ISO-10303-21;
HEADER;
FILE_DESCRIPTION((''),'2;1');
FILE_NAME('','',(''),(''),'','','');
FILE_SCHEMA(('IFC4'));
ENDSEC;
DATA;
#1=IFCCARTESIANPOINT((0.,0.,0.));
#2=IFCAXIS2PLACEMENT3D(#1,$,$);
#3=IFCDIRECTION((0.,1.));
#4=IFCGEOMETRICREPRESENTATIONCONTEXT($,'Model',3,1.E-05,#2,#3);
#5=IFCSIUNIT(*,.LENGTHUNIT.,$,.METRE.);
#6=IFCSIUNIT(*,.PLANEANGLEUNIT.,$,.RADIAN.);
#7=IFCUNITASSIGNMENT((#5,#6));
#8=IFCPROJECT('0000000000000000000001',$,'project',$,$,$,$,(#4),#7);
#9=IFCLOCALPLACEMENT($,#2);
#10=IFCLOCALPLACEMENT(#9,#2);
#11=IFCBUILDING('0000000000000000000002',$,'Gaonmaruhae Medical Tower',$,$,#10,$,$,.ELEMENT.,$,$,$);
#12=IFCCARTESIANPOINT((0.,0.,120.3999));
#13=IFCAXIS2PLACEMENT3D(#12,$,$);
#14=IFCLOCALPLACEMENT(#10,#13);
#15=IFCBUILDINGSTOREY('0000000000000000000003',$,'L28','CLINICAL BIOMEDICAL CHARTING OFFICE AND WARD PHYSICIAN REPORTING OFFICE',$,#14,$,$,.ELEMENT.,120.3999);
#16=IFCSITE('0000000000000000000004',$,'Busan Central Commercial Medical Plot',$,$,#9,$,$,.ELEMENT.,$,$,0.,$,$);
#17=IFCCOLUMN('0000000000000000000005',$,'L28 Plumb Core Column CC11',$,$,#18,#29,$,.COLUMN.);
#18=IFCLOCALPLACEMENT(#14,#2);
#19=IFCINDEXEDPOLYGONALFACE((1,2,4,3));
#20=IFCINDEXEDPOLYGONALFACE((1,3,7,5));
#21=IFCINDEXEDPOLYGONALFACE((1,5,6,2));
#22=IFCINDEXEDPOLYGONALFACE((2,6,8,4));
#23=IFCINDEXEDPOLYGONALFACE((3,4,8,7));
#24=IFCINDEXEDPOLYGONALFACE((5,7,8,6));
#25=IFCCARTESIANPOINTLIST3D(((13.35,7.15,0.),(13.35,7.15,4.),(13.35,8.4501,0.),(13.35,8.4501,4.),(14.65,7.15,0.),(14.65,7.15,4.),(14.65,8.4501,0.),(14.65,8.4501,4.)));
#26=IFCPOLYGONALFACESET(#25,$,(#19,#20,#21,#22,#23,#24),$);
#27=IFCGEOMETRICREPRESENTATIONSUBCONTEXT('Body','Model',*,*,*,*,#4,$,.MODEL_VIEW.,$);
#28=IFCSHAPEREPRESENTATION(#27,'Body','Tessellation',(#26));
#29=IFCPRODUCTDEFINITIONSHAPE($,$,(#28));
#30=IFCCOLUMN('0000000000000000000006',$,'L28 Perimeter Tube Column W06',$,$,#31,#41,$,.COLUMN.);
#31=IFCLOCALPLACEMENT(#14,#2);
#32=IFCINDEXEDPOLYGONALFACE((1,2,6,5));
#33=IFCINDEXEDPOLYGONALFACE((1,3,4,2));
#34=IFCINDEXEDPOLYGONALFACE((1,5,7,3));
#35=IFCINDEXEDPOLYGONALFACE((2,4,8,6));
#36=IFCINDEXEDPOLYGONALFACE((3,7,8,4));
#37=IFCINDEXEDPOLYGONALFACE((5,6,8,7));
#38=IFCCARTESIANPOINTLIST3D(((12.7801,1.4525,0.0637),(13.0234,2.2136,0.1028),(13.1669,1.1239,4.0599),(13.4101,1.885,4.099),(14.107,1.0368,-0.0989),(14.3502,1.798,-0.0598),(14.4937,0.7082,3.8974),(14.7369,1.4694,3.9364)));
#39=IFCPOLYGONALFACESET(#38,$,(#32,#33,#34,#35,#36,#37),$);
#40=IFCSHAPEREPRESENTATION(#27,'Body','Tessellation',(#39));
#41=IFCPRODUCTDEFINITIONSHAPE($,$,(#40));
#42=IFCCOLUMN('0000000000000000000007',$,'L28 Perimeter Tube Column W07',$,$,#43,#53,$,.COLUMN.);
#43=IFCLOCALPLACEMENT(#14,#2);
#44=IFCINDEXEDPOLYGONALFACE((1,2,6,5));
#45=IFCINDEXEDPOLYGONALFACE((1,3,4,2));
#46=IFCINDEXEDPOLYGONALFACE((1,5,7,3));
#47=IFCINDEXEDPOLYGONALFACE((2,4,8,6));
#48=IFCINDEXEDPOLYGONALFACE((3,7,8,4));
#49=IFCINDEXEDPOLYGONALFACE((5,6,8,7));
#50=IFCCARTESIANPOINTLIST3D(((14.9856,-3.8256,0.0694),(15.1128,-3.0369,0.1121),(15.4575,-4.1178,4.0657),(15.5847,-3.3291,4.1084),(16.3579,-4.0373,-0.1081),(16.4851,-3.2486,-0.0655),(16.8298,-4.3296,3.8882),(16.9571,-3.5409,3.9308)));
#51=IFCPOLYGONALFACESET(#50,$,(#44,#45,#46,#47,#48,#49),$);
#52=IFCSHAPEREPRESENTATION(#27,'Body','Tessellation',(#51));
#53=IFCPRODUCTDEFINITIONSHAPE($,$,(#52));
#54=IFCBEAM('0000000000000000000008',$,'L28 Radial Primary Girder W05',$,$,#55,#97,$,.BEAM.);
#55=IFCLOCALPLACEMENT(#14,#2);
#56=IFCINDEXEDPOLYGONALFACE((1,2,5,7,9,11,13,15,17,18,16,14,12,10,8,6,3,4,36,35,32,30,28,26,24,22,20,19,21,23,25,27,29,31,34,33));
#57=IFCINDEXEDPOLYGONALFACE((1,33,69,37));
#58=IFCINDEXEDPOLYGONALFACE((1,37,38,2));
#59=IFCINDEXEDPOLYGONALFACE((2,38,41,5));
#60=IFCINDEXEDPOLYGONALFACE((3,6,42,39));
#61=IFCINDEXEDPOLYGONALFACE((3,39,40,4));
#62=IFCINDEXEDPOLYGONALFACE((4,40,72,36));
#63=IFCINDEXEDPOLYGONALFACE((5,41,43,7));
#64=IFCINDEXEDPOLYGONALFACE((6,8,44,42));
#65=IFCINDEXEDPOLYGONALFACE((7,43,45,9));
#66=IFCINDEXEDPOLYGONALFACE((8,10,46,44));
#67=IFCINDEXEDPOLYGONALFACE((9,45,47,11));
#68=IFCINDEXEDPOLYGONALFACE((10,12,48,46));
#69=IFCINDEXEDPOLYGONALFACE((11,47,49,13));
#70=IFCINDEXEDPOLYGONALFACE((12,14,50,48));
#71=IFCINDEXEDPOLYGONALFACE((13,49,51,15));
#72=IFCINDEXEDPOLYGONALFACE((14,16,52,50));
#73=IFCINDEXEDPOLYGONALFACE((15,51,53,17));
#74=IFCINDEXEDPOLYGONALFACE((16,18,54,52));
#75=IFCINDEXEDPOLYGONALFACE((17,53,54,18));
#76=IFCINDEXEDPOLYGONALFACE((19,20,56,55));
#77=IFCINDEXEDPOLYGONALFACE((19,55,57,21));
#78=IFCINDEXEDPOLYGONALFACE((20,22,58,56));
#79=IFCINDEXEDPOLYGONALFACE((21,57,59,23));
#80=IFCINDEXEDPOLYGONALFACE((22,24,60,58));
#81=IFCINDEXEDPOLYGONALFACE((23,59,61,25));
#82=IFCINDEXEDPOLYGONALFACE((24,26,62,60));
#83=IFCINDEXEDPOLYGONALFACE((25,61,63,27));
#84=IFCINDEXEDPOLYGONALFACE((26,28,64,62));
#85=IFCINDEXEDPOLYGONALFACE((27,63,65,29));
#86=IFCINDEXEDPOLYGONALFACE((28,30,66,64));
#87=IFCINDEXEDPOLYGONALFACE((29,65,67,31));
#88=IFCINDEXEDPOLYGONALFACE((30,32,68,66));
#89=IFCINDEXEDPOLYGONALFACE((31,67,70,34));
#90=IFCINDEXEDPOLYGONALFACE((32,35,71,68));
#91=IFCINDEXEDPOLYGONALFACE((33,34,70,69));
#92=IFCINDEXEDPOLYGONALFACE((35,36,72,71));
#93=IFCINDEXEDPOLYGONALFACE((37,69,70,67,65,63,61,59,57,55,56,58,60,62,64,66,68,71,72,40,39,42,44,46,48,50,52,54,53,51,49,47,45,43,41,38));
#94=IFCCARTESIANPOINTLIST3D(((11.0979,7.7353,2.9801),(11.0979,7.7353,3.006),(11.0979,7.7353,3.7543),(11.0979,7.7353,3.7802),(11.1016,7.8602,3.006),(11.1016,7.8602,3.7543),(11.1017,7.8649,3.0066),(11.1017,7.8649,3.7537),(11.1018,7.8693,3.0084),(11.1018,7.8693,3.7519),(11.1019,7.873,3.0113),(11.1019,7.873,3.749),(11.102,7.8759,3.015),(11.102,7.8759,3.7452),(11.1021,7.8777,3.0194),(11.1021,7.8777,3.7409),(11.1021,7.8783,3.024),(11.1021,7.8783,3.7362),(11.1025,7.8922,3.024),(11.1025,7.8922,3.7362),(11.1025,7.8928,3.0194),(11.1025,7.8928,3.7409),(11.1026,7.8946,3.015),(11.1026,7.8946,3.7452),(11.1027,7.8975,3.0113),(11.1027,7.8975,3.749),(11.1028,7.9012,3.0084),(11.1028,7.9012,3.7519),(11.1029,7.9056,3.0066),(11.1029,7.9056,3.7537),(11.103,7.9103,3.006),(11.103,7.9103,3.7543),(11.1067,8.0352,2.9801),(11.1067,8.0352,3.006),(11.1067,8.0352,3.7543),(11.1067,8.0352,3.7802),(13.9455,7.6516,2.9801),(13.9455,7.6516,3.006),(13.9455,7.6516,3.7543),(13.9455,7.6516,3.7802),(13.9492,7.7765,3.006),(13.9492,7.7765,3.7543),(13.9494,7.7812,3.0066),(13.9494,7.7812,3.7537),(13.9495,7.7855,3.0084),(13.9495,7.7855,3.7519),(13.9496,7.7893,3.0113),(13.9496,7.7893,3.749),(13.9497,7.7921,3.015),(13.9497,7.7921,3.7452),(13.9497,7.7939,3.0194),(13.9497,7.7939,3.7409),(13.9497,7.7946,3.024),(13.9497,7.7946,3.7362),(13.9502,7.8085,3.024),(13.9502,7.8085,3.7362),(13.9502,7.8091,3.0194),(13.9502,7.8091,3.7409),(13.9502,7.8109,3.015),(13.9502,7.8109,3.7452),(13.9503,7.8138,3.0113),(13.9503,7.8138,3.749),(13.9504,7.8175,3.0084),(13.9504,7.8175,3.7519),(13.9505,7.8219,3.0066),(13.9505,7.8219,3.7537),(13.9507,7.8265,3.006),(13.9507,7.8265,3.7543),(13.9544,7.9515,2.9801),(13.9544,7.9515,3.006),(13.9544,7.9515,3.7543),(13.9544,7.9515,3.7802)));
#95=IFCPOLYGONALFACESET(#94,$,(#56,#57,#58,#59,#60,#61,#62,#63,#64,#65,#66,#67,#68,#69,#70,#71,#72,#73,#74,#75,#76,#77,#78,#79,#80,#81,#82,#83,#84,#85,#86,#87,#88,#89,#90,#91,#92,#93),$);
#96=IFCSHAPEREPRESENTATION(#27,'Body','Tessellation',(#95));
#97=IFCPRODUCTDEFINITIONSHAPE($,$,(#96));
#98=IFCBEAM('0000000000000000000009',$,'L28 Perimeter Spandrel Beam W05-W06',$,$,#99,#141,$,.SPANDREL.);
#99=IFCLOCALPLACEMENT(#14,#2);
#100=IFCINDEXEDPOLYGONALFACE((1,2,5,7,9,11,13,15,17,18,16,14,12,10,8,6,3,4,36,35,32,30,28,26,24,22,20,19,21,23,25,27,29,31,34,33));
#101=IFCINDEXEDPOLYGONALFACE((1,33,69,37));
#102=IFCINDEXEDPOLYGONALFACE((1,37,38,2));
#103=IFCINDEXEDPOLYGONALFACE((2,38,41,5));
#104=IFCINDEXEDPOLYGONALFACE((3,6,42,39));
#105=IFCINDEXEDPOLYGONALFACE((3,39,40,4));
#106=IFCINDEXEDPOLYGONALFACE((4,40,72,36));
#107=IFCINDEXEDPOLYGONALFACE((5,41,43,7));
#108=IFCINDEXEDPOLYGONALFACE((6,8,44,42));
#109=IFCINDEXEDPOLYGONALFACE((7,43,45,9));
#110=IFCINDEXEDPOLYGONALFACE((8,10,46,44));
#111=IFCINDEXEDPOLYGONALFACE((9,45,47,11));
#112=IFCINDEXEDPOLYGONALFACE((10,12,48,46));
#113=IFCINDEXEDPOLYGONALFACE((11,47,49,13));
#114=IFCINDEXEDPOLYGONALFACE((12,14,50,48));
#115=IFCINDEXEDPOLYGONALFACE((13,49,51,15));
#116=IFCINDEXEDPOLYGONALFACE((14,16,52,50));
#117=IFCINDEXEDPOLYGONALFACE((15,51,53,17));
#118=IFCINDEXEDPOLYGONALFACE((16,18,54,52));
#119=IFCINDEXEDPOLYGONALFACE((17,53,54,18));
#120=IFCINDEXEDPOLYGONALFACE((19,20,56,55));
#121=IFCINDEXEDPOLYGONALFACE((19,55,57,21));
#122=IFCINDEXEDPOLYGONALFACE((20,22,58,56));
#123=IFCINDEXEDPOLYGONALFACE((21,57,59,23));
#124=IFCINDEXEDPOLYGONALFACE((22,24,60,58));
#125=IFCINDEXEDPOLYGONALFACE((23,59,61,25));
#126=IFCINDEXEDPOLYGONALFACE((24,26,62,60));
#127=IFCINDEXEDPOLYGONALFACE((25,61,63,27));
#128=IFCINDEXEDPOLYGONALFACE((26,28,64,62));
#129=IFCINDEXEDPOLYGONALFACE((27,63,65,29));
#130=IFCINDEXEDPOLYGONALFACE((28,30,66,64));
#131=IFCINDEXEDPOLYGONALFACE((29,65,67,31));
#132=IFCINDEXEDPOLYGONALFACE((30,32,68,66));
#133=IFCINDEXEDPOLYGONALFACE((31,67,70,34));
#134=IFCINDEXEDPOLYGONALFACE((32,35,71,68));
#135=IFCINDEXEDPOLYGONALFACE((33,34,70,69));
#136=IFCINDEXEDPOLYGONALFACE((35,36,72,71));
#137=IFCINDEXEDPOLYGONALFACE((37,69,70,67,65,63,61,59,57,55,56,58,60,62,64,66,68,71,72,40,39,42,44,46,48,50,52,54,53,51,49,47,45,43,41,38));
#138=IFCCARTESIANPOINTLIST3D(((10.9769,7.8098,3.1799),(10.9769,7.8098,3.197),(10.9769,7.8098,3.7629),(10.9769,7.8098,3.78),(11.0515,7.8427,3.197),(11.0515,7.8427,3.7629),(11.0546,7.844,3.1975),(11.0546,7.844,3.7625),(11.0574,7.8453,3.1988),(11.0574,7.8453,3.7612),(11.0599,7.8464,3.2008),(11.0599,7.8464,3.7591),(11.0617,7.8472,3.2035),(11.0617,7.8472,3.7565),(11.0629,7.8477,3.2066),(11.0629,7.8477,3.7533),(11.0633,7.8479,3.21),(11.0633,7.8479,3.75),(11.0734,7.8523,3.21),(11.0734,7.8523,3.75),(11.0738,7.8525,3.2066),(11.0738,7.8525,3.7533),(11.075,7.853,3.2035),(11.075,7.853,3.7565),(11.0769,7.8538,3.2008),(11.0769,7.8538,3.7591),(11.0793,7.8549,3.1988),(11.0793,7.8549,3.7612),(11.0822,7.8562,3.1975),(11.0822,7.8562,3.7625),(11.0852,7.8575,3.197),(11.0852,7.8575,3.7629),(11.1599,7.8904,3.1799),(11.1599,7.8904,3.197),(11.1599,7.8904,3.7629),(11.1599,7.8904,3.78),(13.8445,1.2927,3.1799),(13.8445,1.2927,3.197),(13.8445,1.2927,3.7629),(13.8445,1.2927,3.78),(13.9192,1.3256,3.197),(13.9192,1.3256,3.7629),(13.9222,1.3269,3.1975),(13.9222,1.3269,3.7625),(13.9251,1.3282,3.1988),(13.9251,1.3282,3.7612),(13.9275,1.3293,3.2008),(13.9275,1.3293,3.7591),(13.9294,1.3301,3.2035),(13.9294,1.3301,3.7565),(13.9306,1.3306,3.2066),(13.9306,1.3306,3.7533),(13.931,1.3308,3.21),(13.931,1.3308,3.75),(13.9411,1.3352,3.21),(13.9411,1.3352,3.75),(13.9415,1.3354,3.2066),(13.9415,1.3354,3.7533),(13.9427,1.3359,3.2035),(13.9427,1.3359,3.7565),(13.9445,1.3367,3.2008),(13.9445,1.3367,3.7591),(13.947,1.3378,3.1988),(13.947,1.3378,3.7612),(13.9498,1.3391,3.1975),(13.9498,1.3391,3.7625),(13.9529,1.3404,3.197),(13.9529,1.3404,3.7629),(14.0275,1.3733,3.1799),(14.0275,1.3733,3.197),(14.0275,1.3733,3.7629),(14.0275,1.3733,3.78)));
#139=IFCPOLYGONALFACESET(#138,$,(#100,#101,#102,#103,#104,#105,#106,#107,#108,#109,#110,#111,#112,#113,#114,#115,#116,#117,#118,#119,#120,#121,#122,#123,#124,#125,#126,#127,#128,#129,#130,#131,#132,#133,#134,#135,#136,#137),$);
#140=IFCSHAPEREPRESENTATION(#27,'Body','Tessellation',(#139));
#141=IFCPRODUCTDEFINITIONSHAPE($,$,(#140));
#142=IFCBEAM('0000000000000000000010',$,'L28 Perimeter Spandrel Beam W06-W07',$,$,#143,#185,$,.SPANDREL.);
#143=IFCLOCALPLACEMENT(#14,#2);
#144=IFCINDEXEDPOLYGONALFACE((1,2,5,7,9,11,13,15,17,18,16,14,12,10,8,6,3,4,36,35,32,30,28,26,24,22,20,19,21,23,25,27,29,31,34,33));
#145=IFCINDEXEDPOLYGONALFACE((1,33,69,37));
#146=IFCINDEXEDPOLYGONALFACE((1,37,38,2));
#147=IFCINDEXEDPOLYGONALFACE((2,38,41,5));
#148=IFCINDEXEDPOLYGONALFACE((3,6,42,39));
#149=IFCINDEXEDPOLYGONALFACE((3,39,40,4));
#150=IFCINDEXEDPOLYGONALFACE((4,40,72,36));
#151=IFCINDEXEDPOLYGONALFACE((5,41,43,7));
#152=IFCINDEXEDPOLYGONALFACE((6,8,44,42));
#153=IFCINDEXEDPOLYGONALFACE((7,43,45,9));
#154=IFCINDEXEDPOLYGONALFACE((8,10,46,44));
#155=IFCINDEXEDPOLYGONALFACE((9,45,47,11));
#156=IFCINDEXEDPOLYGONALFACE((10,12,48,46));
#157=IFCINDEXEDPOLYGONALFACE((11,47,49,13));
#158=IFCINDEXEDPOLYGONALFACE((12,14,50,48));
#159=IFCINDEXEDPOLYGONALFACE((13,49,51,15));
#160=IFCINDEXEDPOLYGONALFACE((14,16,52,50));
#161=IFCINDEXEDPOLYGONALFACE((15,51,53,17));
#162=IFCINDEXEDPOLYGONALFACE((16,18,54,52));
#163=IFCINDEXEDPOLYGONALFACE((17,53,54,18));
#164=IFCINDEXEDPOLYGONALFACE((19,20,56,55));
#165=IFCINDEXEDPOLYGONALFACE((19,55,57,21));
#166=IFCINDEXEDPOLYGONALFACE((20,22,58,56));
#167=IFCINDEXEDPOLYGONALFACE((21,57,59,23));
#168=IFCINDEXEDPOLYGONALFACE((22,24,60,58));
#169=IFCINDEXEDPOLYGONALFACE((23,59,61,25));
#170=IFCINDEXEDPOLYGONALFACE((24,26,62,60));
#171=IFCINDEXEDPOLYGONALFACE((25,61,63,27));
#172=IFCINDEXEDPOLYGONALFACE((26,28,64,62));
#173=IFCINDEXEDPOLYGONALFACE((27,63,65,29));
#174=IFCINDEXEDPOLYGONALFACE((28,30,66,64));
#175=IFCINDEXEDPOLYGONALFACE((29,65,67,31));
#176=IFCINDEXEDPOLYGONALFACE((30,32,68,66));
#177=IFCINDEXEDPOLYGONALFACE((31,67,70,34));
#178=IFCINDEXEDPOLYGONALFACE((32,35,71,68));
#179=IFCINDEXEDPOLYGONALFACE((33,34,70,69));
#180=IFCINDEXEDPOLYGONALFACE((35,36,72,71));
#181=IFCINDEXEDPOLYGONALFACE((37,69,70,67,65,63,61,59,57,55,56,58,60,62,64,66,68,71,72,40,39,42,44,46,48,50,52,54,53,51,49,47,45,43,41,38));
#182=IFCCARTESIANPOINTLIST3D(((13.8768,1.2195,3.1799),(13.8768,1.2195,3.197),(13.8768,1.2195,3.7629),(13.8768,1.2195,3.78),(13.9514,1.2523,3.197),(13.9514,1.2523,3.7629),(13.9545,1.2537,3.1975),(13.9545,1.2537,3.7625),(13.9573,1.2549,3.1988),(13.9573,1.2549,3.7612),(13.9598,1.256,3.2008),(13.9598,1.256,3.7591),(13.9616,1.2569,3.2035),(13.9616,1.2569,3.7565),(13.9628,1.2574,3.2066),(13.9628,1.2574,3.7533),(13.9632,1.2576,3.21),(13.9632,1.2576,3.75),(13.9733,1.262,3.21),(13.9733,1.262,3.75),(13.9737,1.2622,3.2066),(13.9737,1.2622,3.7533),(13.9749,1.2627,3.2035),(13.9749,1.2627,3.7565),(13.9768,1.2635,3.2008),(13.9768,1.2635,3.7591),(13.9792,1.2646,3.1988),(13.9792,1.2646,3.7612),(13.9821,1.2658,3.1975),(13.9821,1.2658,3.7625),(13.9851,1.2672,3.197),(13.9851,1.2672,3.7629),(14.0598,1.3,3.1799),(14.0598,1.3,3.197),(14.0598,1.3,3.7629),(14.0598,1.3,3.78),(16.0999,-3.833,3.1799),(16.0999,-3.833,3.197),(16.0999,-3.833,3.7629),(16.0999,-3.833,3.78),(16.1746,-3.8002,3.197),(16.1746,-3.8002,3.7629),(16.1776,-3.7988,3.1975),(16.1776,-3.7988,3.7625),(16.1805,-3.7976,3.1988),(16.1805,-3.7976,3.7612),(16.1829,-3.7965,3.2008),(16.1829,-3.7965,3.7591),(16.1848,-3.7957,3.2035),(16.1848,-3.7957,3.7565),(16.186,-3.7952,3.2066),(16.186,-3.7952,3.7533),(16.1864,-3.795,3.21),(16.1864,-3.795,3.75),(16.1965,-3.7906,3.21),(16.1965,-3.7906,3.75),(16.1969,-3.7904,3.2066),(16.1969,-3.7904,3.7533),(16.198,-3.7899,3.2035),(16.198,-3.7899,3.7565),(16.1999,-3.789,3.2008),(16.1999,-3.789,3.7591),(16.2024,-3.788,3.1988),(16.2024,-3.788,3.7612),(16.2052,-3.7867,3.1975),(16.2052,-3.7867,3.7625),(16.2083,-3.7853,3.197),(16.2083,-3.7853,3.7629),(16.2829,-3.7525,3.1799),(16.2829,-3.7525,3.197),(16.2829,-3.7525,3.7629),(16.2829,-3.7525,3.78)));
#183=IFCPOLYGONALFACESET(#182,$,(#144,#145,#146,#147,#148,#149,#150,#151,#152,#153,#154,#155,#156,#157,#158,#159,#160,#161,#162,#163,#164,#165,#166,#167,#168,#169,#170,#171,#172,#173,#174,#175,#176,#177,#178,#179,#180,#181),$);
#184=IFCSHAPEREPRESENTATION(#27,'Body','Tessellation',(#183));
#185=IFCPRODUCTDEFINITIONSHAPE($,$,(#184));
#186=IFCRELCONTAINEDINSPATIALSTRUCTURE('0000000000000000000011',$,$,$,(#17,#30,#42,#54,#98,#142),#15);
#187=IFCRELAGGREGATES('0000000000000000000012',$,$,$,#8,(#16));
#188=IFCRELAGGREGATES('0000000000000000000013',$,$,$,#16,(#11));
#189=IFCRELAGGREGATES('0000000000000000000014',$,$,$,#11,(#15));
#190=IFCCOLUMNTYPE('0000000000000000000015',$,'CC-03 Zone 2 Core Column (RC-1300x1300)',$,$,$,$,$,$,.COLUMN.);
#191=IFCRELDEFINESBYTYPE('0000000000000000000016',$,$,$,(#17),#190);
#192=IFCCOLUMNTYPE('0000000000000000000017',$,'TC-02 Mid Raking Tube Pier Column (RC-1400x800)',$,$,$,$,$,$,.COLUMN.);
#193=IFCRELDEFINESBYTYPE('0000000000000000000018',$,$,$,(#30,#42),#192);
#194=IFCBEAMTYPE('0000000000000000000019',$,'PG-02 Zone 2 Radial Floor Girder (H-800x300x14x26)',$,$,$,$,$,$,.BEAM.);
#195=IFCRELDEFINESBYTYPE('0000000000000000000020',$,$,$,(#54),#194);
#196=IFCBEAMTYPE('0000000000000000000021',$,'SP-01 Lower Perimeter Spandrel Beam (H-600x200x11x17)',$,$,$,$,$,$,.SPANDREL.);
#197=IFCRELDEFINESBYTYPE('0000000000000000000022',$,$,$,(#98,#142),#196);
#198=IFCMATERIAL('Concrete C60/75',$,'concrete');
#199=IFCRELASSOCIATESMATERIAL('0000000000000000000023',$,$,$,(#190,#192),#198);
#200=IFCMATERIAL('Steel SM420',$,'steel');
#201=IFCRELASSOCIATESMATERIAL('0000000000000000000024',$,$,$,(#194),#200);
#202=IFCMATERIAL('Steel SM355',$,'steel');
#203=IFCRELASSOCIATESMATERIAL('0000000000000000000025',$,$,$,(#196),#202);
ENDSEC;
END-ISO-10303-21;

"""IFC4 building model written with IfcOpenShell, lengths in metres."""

from ifc_helpers import new_model, si_unit, direction, frame, origin, origin_2d, place, context, subcontext, project, spatial, rectangle, i_section, extrude, material, material_profile, profile_set, type_object, element, save


model = new_model("IFC4")

# Units and contexts
model_context = context("Model", 3, precision=1e-05, world=origin(), true_north=direction((0.0, 1.0)))
body_context = subcontext(model_context, "Body", "Model", "MODEL_VIEW")
ifc_project = project(units=[si_unit("LENGTHUNIT", "METRE"), si_unit("PLANEANGLEUNIT", "RADIAN")], contexts=[model_context])

# Site, building, storey
site_placement = place(None, origin())
site = spatial("IfcSite", under=ifc_project, at=site_placement, Name="Busan Central Commercial Medical Plot", CompositionType="ELEMENT", RefElevation=0.0)
building_placement = place(site_placement, origin())
building = spatial("IfcBuilding", under=site, at=building_placement, Name="Gaonmaruhae Medical Tower", CompositionType="ELEMENT")
storey_placement = place(building_placement, frame((0.0, 0.0, 120.3999)))
storey = spatial("IfcBuildingStorey", under=building, at=storey_placement, Name="L28", Description="CLINICAL BIOMEDICAL CHARTING OFFICE AND WARD PHYSICIAN REPORTING OFFICE", CompositionType="ELEMENT", Elevation=120.3999)

# Columns
ifc_material_1 = material(Name="Concrete C60/75", Category="concrete")
ifc_material_profile_1 = material_profile(ifc_material_1, rectangle(XDim=1.3, YDim=1.3, at=origin_2d()), Name="RC-1300x1300")
ifc_profile_set_1 = profile_set([ifc_material_profile_1], Name="Concrete C60/75")
column_type_1 = type_object("IfcColumnType", Name="CC-03 Zone 2 Core Column (RC-1300x1300)", PredefinedType="COLUMN", material=ifc_profile_set_1)
column_1_placement = place(storey_placement, frame((14.0, 7.8, 0.0), z_axis=(0.0, 0.0, 1.0), x_axis=(1.0, 0.0, 0.0)))
element("IfcColumn", 1, at=column_1_placement, inside=storey, type_object=column_type_1, Name="L28 Plumb Core Column CC11", PredefinedType="COLUMN", context=body_context, shape_type="SweptSolid", body=[
    extrude(rectangle(XDim=1.3, YDim=1.3, at=origin_2d()), origin(), (0.0, 0.0, 1.0), 4.0),
])
ifc_material_profile_2 = material_profile(ifc_material_1, rectangle(XDim=1.3999, YDim=0.8, at=origin_2d()), Name="RC-1400x800")
ifc_profile_set_2 = profile_set([ifc_material_profile_2], Name="Concrete C60/75")
column_type_2 = type_object("IfcColumnType", Name="TC-02 Mid Raking Tube Pier Column (RC-1400x800)", PredefinedType="COLUMN", material=ifc_profile_set_2)
column_2_placement = place(storey_placement, frame((13.5652, 1.6252, 0.002), z_axis=(0.095997, -0.081574, 0.992033), x_axis=(-0.947825, 0.296884, 0.116132)))
element("IfcColumn", 2, at=column_2_placement, inside=storey, type_object=column_type_2, Name="L28 Perimeter Tube Column W06", PredefinedType="COLUMN", context=body_context, shape_type="SweptSolid", body=[
    extrude(rectangle(XDim=1.3999, YDim=0.8, at=origin_2d()), origin(), (0.0, 0.0, 1.0), 4.0283),
])
column_3_placement = place(storey_placement, frame((15.7354, -3.5371, 0.002), z_axis=(0.116966, -0.072431, 0.990491), x_axis=(-0.980324, 0.151262, 0.126827)))
element("IfcColumn", 3, at=column_3_placement, inside=storey, type_object=column_type_2, Name="L28 Perimeter Tube Column W07", PredefinedType="COLUMN", context=body_context, shape_type="SweptSolid", body=[
    extrude(rectangle(XDim=1.3999, YDim=0.8, at=origin_2d()), origin(), (0.0, 0.0, 1.0), 4.0347),
])

# Beams
ifc_material_2 = material(Name="Steel SM420", Category="steel")
ifc_material_profile_3 = material_profile(ifc_material_2, i_section(OverallWidth=0.3, OverallDepth=0.8, WebThickness=0.0139, FlangeThickness=0.0259, FilletRadius=0.0181, at=origin_2d()), Name="H-800x300x14x26")
ifc_profile_set_3 = profile_set([ifc_material_profile_3], Name="Steel SM420")
beam_type_1 = type_object("IfcBeamType", Name="PG-02 Zone 2 Radial Floor Girder (H-800x300x14x26)", PredefinedType="BEAM", material=ifc_profile_set_3)
beam_1_placement = place(storey_placement, frame((13.95, 7.8015, 3.3801), z_axis=(-0.999568, 0.029394, 0.0), x_axis=(-0.029394, -0.999568, 0.0)))
element("IfcBeam", 4, at=beam_1_placement, inside=storey, type_object=beam_type_1, Name="L28 Radial Primary Girder W05", PredefinedType="BEAM", context=body_context, shape_type="SweptSolid", body=[
    extrude(i_section(OverallWidth=0.3, OverallDepth=0.8, WebThickness=0.0139, FlangeThickness=0.0259, FilletRadius=0.0181, at=origin_2d()), origin(), (0.0, 0.0, 1.0), 2.8489),
])
ifc_material_3 = material(Name="Steel SM355", Category="steel")
ifc_material_profile_4 = material_profile(ifc_material_3, i_section(OverallWidth=0.2, OverallDepth=0.6001, WebThickness=0.011, FlangeThickness=0.0171, FilletRadius=0.0129, at=origin_2d()), Name="H-600x200x11x17")
ifc_profile_set_4 = profile_set([ifc_material_profile_4], Name="Steel SM355")
beam_type_2 = type_object("IfcBeamType", Name="SP-01 Lower Perimeter Spandrel Beam (H-600x200x11x17)", PredefinedType="SPANDREL", material=ifc_profile_set_4)
beam_2_placement = place(storey_placement, frame((11.0684, 7.8501, 3.48), z_axis=(0.402757, -0.915307, 0.0), x_axis=(0.915307, 0.402757, 0.0)))
element("IfcBeam", 5, at=beam_2_placement, inside=storey, type_object=beam_type_2, Name="L28 Perimeter Spandrel Beam W05-W06", PredefinedType="SPANDREL", context=body_context, shape_type="SweptSolid", body=[
    extrude(i_section(OverallWidth=0.2, OverallDepth=0.6001, WebThickness=0.011, FlangeThickness=0.0171, FilletRadius=0.0129, at=origin_2d()), origin(), (0.0, 0.0, 1.0), 7.1201),
])
beam_3_placement = place(storey_placement, frame((13.9683, 1.2598, 3.48), z_axis=(0.402746, -0.915312, 0.0), x_axis=(0.915312, 0.402746, 0.0)))
element("IfcBeam", 6, at=beam_3_placement, inside=storey, type_object=beam_type_2, Name="L28 Perimeter Spandrel Beam W06-W07", PredefinedType="SPANDREL", context=body_context, shape_type="SweptSolid", body=[
    extrude(i_section(OverallWidth=0.2, OverallDepth=0.6001, WebThickness=0.011, FlangeThickness=0.0171, FilletRadius=0.0129, at=origin_2d()), origin(), (0.0, 0.0, 1.0), 5.52),
])

save(model, "model.ifc")
